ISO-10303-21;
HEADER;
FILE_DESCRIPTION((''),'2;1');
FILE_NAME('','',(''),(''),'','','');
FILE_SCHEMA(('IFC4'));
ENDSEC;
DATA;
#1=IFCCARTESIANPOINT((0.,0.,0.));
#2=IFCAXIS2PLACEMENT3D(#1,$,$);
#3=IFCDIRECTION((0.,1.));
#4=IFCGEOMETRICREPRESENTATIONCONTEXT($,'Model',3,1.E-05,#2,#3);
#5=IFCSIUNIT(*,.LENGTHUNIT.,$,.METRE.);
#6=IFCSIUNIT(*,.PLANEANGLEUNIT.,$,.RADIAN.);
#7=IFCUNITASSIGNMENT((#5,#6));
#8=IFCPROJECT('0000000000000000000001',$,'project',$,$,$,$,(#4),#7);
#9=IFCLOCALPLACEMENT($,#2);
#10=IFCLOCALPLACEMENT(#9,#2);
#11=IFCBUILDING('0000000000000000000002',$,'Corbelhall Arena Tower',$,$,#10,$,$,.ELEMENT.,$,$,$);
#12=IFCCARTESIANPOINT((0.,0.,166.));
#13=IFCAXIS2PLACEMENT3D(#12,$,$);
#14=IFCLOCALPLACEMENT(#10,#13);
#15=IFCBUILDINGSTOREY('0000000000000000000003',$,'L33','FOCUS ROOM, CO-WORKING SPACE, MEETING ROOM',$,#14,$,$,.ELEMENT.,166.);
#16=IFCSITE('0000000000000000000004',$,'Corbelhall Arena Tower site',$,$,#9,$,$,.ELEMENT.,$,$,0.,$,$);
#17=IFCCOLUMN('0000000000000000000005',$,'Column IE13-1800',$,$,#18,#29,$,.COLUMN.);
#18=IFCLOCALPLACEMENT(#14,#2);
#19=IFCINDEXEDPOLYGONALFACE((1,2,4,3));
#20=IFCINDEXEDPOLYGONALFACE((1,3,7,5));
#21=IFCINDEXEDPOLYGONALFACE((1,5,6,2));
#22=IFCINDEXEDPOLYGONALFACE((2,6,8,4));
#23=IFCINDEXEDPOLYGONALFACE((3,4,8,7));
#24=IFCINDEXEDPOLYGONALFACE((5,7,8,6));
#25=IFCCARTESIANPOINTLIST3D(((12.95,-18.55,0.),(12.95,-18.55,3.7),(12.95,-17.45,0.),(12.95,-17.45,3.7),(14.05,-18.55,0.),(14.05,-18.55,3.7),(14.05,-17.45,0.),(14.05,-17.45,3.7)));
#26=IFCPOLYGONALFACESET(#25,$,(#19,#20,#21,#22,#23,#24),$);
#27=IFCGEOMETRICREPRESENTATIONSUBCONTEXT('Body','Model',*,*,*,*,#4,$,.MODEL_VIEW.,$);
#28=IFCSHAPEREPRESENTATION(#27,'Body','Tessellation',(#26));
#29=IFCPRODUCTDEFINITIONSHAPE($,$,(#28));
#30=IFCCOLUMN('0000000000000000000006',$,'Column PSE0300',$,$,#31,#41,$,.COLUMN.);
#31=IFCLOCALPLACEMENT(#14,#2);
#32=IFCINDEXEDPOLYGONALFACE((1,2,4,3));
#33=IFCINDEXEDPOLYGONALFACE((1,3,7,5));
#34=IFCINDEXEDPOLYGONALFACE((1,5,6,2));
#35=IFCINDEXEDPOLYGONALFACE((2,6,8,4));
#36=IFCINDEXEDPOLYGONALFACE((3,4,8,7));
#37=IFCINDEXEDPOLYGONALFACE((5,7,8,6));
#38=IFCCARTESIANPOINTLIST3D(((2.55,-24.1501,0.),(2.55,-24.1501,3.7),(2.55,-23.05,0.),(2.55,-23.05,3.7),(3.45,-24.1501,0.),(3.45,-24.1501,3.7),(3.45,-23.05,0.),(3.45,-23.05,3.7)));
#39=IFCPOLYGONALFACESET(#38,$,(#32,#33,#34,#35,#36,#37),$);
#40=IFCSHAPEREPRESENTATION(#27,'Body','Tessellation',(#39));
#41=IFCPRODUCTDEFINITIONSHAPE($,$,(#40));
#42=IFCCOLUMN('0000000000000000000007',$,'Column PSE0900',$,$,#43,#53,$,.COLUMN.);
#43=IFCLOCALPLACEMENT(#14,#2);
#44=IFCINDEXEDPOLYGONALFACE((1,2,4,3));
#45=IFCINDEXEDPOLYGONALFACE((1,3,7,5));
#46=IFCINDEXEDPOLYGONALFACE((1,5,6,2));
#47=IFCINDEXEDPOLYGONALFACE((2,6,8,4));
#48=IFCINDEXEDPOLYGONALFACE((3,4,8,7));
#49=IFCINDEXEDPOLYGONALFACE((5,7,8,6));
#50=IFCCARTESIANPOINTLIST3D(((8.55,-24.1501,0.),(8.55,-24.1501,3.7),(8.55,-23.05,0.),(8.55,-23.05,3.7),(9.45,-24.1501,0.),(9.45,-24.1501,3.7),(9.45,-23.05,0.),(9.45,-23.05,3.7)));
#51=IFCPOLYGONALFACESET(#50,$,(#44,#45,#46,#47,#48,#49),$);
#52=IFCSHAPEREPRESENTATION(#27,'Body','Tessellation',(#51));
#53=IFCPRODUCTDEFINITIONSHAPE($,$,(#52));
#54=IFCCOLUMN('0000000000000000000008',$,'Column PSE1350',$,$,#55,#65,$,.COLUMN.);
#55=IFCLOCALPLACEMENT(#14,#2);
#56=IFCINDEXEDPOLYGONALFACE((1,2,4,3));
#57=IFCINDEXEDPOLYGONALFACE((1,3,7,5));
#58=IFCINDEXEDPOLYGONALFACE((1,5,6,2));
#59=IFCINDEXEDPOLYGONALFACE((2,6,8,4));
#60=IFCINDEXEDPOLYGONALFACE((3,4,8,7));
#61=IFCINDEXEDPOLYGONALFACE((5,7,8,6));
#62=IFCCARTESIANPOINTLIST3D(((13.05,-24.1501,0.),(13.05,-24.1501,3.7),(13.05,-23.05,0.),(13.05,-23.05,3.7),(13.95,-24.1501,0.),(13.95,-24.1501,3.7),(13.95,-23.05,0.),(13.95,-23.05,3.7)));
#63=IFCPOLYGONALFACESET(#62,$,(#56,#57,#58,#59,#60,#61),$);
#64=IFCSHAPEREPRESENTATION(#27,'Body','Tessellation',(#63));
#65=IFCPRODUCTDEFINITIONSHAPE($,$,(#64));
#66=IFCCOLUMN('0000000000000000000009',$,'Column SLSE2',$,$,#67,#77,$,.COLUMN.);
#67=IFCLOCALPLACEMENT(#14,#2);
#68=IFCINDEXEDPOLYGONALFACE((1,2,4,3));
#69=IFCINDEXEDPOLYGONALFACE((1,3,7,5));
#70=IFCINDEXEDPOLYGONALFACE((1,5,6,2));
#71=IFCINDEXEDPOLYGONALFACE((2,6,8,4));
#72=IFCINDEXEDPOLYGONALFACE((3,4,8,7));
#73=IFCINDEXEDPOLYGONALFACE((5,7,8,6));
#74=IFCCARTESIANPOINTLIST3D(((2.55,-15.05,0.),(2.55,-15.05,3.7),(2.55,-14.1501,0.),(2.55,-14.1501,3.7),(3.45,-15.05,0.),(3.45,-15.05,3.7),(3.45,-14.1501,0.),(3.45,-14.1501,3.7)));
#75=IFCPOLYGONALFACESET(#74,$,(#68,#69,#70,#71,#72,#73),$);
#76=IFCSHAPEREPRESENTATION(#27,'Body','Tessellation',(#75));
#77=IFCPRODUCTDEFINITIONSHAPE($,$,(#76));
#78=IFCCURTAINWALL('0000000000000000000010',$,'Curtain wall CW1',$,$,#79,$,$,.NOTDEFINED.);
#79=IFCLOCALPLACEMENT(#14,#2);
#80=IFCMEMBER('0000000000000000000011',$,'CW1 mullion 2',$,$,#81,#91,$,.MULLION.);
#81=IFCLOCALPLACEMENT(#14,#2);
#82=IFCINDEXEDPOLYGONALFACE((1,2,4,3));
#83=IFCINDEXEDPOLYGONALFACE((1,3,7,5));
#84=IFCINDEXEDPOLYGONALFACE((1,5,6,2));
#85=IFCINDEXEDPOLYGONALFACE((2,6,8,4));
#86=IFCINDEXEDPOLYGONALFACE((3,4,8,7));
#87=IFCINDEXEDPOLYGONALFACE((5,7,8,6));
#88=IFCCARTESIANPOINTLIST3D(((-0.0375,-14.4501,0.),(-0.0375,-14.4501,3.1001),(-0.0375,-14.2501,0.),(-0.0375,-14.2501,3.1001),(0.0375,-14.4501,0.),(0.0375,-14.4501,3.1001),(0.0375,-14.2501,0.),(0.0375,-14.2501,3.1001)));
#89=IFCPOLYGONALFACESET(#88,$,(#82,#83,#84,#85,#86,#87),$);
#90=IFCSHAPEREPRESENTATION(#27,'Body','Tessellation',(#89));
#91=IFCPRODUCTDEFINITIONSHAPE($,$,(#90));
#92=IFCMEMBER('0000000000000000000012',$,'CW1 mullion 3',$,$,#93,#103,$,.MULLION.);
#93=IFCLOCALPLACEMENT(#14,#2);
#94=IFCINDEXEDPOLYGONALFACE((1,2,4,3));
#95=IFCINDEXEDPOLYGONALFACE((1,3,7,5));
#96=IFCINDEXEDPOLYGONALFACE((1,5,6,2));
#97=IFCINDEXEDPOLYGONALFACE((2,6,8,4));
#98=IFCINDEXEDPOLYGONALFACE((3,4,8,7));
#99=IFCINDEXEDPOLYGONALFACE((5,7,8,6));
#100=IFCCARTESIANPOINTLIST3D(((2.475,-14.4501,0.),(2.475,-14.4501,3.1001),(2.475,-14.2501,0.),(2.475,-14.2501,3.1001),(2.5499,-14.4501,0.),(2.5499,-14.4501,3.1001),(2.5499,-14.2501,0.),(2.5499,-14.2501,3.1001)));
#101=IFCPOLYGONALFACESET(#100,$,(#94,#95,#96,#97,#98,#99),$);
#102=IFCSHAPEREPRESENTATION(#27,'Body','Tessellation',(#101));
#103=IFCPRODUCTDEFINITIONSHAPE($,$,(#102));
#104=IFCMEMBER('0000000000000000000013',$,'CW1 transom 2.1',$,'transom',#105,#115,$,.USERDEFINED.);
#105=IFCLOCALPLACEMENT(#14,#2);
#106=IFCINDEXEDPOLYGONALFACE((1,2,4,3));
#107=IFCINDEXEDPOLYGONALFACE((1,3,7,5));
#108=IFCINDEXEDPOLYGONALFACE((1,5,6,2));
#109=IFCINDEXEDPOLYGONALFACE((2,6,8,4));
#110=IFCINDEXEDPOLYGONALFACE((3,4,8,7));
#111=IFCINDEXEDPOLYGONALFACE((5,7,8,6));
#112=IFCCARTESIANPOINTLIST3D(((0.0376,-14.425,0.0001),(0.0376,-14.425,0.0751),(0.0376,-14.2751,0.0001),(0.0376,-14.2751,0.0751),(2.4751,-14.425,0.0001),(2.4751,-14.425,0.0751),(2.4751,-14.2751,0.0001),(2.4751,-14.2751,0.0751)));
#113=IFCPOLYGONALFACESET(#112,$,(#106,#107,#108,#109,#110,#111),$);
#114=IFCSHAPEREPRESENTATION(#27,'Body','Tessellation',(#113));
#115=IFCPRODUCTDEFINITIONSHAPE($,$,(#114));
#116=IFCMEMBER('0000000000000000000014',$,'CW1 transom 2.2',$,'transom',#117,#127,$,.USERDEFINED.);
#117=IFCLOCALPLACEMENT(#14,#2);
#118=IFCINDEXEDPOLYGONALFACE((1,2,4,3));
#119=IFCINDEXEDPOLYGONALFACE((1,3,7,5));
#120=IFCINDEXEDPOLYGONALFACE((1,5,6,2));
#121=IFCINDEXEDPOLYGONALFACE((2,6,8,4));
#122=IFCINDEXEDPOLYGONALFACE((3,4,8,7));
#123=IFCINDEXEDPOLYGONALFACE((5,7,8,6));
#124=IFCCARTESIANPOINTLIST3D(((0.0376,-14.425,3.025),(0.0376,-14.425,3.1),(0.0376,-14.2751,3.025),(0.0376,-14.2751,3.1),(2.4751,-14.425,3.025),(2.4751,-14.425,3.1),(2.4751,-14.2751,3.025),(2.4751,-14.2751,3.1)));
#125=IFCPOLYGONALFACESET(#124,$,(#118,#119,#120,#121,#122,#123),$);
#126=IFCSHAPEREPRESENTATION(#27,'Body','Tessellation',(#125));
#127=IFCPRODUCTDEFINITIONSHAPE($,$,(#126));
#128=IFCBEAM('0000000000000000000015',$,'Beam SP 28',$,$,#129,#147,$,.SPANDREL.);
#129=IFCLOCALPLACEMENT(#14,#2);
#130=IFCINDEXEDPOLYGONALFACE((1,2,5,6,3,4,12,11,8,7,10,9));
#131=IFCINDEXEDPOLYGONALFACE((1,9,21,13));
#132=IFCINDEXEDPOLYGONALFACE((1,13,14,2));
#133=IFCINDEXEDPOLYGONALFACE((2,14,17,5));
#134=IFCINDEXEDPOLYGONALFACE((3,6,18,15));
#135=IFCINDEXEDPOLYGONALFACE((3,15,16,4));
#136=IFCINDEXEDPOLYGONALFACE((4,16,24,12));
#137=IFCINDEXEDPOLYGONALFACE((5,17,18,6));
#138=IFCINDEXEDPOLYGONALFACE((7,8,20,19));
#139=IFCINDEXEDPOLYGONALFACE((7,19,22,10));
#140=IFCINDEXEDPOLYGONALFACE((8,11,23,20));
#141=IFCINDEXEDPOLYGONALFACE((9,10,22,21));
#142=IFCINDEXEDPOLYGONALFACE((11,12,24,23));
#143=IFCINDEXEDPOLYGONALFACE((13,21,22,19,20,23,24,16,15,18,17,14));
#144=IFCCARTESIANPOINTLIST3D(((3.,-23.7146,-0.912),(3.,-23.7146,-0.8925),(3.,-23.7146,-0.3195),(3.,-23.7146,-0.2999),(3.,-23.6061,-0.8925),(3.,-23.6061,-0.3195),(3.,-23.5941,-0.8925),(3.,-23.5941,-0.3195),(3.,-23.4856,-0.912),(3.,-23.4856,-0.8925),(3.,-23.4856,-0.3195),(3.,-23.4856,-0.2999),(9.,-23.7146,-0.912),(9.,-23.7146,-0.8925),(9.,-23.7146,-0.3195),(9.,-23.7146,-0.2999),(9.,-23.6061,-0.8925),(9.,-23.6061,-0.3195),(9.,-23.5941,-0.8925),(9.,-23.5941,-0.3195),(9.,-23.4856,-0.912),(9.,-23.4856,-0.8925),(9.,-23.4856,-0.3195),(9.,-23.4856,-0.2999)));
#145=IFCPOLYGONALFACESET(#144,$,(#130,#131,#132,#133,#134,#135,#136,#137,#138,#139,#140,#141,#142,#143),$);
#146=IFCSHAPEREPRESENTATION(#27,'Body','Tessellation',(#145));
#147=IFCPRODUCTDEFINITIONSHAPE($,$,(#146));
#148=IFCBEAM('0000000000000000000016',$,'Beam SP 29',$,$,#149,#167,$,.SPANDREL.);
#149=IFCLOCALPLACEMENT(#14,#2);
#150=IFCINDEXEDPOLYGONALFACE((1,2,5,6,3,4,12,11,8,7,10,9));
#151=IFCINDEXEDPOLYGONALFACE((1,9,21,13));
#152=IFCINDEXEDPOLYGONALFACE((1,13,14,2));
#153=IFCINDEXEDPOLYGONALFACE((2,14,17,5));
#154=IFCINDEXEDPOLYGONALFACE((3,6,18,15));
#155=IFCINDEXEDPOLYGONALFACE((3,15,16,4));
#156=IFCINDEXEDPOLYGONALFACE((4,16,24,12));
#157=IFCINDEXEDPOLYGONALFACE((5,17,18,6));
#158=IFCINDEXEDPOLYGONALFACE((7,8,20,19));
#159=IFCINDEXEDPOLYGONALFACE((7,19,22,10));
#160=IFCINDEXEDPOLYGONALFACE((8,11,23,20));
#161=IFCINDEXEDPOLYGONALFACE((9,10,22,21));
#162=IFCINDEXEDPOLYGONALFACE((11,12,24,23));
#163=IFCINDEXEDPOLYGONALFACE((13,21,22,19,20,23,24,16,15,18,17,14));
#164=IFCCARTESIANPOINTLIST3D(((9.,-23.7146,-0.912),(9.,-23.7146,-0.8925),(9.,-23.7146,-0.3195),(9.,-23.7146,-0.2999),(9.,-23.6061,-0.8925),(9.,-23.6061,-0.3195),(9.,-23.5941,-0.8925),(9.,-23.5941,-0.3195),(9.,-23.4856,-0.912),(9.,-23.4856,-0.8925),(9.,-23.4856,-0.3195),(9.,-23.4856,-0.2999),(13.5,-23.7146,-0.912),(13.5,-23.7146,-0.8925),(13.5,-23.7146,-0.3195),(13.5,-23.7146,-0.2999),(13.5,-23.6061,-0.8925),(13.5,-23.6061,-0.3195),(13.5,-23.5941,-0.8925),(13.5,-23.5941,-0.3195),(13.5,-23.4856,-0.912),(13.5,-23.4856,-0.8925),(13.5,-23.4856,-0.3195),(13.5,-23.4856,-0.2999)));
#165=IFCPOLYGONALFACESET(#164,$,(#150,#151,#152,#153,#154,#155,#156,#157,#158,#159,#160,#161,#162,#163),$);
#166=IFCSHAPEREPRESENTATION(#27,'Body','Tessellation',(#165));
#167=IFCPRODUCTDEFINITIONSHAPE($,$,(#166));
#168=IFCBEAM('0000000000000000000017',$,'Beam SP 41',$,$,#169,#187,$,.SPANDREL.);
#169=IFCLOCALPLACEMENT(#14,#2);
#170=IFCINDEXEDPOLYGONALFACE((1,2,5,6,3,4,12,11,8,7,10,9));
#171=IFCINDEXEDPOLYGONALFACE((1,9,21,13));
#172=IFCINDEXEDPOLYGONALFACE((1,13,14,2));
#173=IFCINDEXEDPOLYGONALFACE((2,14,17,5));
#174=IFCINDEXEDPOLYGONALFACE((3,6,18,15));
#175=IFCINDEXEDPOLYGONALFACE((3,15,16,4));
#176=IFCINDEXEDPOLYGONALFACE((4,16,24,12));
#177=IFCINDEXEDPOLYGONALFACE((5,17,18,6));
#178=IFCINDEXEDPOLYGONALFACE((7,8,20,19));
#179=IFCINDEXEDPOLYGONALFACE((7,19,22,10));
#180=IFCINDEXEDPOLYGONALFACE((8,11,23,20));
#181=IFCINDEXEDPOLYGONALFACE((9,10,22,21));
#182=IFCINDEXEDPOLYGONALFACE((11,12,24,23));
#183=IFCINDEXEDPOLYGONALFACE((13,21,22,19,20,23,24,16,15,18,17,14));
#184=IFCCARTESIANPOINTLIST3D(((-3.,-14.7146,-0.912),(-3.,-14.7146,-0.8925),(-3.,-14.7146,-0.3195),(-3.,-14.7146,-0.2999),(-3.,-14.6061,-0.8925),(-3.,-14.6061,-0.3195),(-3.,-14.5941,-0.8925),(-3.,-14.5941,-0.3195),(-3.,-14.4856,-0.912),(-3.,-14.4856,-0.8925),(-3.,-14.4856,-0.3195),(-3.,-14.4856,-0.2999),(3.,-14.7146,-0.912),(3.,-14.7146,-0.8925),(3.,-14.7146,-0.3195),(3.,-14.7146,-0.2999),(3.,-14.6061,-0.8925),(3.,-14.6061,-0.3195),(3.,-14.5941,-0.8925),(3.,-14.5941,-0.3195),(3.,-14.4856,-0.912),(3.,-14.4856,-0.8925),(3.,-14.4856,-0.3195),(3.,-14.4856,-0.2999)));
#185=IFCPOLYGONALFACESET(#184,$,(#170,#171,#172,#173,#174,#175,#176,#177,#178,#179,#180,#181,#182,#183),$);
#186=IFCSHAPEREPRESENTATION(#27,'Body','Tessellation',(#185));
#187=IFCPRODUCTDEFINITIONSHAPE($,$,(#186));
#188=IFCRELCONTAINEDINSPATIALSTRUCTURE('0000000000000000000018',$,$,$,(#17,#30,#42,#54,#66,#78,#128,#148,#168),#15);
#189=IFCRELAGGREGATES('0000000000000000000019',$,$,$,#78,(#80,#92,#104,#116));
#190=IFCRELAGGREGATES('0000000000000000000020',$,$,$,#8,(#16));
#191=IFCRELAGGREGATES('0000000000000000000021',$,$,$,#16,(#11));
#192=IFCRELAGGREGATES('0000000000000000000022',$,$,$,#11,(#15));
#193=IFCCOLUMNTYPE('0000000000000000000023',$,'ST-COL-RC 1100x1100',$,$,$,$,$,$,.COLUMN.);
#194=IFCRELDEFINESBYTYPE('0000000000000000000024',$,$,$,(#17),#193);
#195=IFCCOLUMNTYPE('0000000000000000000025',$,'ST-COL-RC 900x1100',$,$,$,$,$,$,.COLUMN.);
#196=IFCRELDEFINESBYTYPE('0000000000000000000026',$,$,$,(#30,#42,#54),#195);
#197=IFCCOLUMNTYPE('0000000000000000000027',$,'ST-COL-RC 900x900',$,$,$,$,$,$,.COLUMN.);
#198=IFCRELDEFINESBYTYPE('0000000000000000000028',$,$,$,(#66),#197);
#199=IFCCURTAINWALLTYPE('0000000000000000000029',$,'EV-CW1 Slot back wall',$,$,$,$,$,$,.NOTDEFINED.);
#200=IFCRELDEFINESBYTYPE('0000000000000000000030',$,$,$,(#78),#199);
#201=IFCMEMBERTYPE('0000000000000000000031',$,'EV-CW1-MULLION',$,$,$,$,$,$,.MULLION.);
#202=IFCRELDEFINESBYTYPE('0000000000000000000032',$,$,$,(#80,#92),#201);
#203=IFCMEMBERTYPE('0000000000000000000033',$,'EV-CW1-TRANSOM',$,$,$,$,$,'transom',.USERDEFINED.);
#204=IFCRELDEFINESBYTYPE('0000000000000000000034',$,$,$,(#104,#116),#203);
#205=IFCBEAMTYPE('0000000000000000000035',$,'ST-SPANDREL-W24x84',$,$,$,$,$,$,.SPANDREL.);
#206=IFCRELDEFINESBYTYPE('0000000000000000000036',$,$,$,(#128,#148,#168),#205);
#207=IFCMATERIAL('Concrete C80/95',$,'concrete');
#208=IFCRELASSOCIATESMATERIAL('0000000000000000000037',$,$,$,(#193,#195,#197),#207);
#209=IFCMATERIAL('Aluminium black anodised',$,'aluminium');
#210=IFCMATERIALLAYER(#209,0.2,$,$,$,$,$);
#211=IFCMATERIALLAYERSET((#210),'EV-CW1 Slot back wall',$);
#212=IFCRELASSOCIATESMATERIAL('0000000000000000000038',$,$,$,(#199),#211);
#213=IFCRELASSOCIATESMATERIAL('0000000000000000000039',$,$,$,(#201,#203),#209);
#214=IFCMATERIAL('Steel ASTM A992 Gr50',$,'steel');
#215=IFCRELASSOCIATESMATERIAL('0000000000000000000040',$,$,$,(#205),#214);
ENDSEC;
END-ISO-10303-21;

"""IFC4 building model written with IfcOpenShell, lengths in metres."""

from ifc_helpers import new_model, si_unit, direction, frame, origin, origin_2d, place, context, subcontext, project, spatial, rectangle, i_section, extrude, material, layer, layer_set, material_profile, profile_set, type_object, element, aggregate, save


model = new_model("IFC4")

# Units and contexts
model_context = context("Model", 3, precision=1e-05, world=origin(), true_north=direction((0.0, 1.0)))
body_context = subcontext(model_context, "Body", "Model", "MODEL_VIEW")
ifc_project = project(units=[si_unit("LENGTHUNIT", "METRE"), si_unit("PLANEANGLEUNIT", "RADIAN")], contexts=[model_context])

# Site, building, storey
site_placement = place(None, origin())
site = spatial("IfcSite", under=ifc_project, at=site_placement, Name="Corbelhall Arena Tower site", CompositionType="ELEMENT", RefElevation=0.0)
building_placement = place(site_placement, origin())
building = spatial("IfcBuilding", under=site, at=building_placement, Name="Corbelhall Arena Tower", CompositionType="ELEMENT")
storey_placement = place(building_placement, frame((0.0, 0.0, 166.0)))
storey = spatial("IfcBuildingStorey", under=building, at=storey_placement, Name="L33", Description="FOCUS ROOM, CO-WORKING SPACE, MEETING ROOM", CompositionType="ELEMENT", Elevation=166.0)

# Columns
ifc_material_1 = material(Name="Concrete C80/95", Category="concrete")
ifc_material_profile_1 = material_profile(ifc_material_1, rectangle(XDim=1.1001, YDim=1.1001, at=origin_2d()))
ifc_profile_set_1 = profile_set([ifc_material_profile_1], Name="Concrete C80/95")
column_type_1 = type_object("IfcColumnType", Name="ST-COL-RC 1100x1100", PredefinedType="COLUMN", material=ifc_profile_set_1)
column_1_placement = place(storey_placement, frame((13.5, -18.0, 0.0), z_axis=(0.0, 0.0, 1.0), x_axis=(1.0, 0.0, 0.0)))
element("IfcColumn", 1, at=column_1_placement, inside=storey, type_object=column_type_1, Name="Column IE13-1800", PredefinedType="COLUMN", context=body_context, shape_type="SweptSolid", body=[
    extrude(rectangle(XDim=1.1001, YDim=1.1001, at=origin_2d()), origin(), (0.0, 0.0, 1.0), 3.7),
])
ifc_material_profile_2 = material_profile(ifc_material_1, rectangle(XDim=0.8999, YDim=1.1001, at=origin_2d()))
ifc_profile_set_2 = profile_set([ifc_material_profile_2], Name="Concrete C80/95")
column_type_2 = type_object("IfcColumnType", Name="ST-COL-RC 900x1100", PredefinedType="COLUMN", material=ifc_profile_set_2)
for number, where, z_axis, x_axis, name in (
    (2, (3.0, -23.6001, 0.0), (0.0, 0.0, 1.0), (1.0, 0.0, 0.0), "Column PSE0300"),
    (3, (9.0, -23.6001, 0.0), (0.0, 0.0, 1.0), (1.0, 0.0, 0.0), "Column PSE0900"),
    (4, (13.5, -23.6001, 0.0), (0.0, 0.0, 1.0), (1.0, 0.0, 0.0), "Column PSE1350"),
):
    element("IfcColumn", number, at=place(storey_placement, frame(where, z_axis=z_axis, x_axis=x_axis)), inside=storey, type_object=column_type_2, Name=name, PredefinedType="COLUMN", context=body_context, shape_type="SweptSolid", body=[
        extrude(rectangle(XDim=0.8999, YDim=1.1001, at=origin_2d()), origin(), (0.0, 0.0, 1.0), 3.7),
    ])
ifc_material_profile_3 = material_profile(ifc_material_1, rectangle(XDim=0.8999, YDim=0.8999, at=origin_2d()))
ifc_profile_set_3 = profile_set([ifc_material_profile_3], Name="Concrete C80/95")
column_type_3 = type_object("IfcColumnType", Name="ST-COL-RC 900x900", PredefinedType="COLUMN", material=ifc_profile_set_3)
column_2_placement = place(storey_placement, frame((3.0, -14.6001, 0.0), z_axis=(0.0, 0.0, 1.0), x_axis=(1.0, 0.0, 0.0)))
element("IfcColumn", 5, at=column_2_placement, inside=storey, type_object=column_type_3, Name="Column SLSE2", PredefinedType="COLUMN", context=body_context, shape_type="SweptSolid", body=[
    extrude(rectangle(XDim=0.8999, YDim=0.8999, at=origin_2d()), origin(), (0.0, 0.0, 1.0), 3.7),
])

# Curtain wall, members
ifc_material_2 = material(Name="Aluminium black anodised", Category="aluminium")
ifc_layer_1 = layer(ifc_material_2, 0.2)
ifc_layer_set_1 = layer_set([ifc_layer_1], Name="EV-CW1 Slot back wall")
curtain_wall_type = type_object("IfcCurtainWallType", Name="EV-CW1 Slot back wall", PredefinedType="NOTDEFINED", material=ifc_layer_set_1)
curtain_wall_placement = place(storey_placement, origin())
curtain_wall = element("IfcCurtainWall", 6, at=curtain_wall_placement, inside=storey, type_object=curtain_wall_type, Name="Curtain wall CW1", PredefinedType="NOTDEFINED")
ifc_material_profile_4 = material_profile(ifc_material_2, rectangle(XDim=0.2, YDim=0.075, at=origin_2d()))
ifc_profile_set_4 = profile_set([ifc_material_profile_4], Name="Aluminium black anodised")
member_type_1 = type_object("IfcMemberType", Name="EV-CW1-MULLION", PredefinedType="MULLION", material=ifc_profile_set_4)
member_1_placement = place(storey_placement, frame((0.0, -14.3501, 0.0), z_axis=(0.0, 0.0, 1.0), x_axis=(0.0, 1.0, 0.0)))
member_1 = element("IfcMember", 7, at=member_1_placement, type_object=member_type_1, Name="CW1 mullion 2", PredefinedType="MULLION", context=body_context, shape_type="SweptSolid", body=[
    extrude(rectangle(XDim=0.2, YDim=0.075, at=origin_2d()), origin(), (0.0, 0.0, 1.0), 3.1001),
])
member_2_placement = place(storey_placement, frame((2.5125, -14.3501, 0.0), z_axis=(0.0, 0.0, 1.0), x_axis=(0.0, 1.0, 0.0)))
member_2 = element("IfcMember", 8, at=member_2_placement, type_object=member_type_1, Name="CW1 mullion 3", PredefinedType="MULLION", context=body_context, shape_type="SweptSolid", body=[
    extrude(rectangle(XDim=0.2, YDim=0.075, at=origin_2d()), origin(), (0.0, 0.0, 1.0), 3.1001),
])
ifc_material_profile_5 = material_profile(ifc_material_2, rectangle(XDim=0.1499, YDim=0.075, at=origin_2d()))
ifc_profile_set_5 = profile_set([ifc_material_profile_5], Name="Aluminium black anodised")
member_type_2 = type_object("IfcMemberType", Name="EV-CW1-TRANSOM", ElementType="transom", PredefinedType="USERDEFINED", material=ifc_profile_set_5)
member_3_placement = place(storey_placement, frame((0.0376, -14.3501, 0.0376), z_axis=(1.0, 0.0, 0.0), x_axis=(0.0, 1.0, 0.0)))
member_3 = element("IfcMember", 9, at=member_3_placement, type_object=member_type_2, Name="CW1 transom 2.1", ObjectType="transom", PredefinedType="USERDEFINED", context=body_context, shape_type="SweptSolid", body=[
    extrude(rectangle(XDim=0.1499, YDim=0.075, at=origin_2d()), origin(), (0.0, 0.0, 1.0), 2.4375),
])
member_4_placement = place(storey_placement, frame((0.0376, -14.3501, 3.0625), z_axis=(1.0, 0.0, 0.0), x_axis=(0.0, 1.0, 0.0)))
member_4 = element("IfcMember", 10, at=member_4_placement, type_object=member_type_2, Name="CW1 transom 2.2", ObjectType="transom", PredefinedType="USERDEFINED", context=body_context, shape_type="SweptSolid", body=[
    extrude(rectangle(XDim=0.1499, YDim=0.075, at=origin_2d()), origin(), (0.0, 0.0, 1.0), 2.4375),
])

# Beams
ifc_material_3 = material(Name="Steel ASTM A992 Gr50", Category="steel")
ifc_material_profile_6 = material_profile(ifc_material_3, i_section(OverallWidth=0.229, OverallDepth=0.6121, WebThickness=0.012, FlangeThickness=0.0195, at=origin_2d()))
ifc_profile_set_6 = profile_set([ifc_material_profile_6], Name="Steel ASTM A992 Gr50")
beam_type_1 = type_object("IfcBeamType", Name="ST-SPANDREL-W24x84", PredefinedType="SPANDREL", material=ifc_profile_set_6)
beam_1_placement = place(storey_placement, frame((9.0, -23.6001, -0.606), z_axis=(-1.0, 0.0, 0.0), x_axis=(0.0, -1.0, 0.0)))
element("IfcBeam", 11, at=beam_1_placement, inside=storey, type_object=beam_type_1, Name="Beam SP 28", PredefinedType="SPANDREL", context=body_context, shape_type="SweptSolid", body=[
    extrude(i_section(OverallWidth=0.229, OverallDepth=0.6121, WebThickness=0.012, FlangeThickness=0.0195, at=origin_2d()), origin(), (0.0, 0.0, 1.0), 6.0),
])
beam_2_placement = place(storey_placement, frame((13.5, -23.6001, -0.606), z_axis=(-1.0, 0.0, 0.0), x_axis=(0.0, -1.0, 0.0)))
element("IfcBeam", 12, at=beam_2_placement, inside=storey, type_object=beam_type_1, Name="Beam SP 29", PredefinedType="SPANDREL", context=body_context, shape_type="SweptSolid", body=[
    extrude(i_section(OverallWidth=0.229, OverallDepth=0.6121, WebThickness=0.012, FlangeThickness=0.0195, at=origin_2d()), origin(), (0.0, 0.0, 1.0), 4.5),
])
beam_3_placement = place(storey_placement, frame((3.0, -14.6001, -0.606), z_axis=(-1.0, 0.0, 0.0), x_axis=(0.0, -1.0, 0.0)))
element("IfcBeam", 13, at=beam_3_placement, inside=storey, type_object=beam_type_1, Name="Beam SP 41", PredefinedType="SPANDREL", context=body_context, shape_type="SweptSolid", body=[
    extrude(i_section(OverallWidth=0.229, OverallDepth=0.6121, WebThickness=0.012, FlangeThickness=0.0195, at=origin_2d()), origin(), (0.0, 0.0, 1.0), 6.0),
])

aggregate(curtain_wall, [member_1, member_2, member_3, member_4])

save(model, "model.ifc")
